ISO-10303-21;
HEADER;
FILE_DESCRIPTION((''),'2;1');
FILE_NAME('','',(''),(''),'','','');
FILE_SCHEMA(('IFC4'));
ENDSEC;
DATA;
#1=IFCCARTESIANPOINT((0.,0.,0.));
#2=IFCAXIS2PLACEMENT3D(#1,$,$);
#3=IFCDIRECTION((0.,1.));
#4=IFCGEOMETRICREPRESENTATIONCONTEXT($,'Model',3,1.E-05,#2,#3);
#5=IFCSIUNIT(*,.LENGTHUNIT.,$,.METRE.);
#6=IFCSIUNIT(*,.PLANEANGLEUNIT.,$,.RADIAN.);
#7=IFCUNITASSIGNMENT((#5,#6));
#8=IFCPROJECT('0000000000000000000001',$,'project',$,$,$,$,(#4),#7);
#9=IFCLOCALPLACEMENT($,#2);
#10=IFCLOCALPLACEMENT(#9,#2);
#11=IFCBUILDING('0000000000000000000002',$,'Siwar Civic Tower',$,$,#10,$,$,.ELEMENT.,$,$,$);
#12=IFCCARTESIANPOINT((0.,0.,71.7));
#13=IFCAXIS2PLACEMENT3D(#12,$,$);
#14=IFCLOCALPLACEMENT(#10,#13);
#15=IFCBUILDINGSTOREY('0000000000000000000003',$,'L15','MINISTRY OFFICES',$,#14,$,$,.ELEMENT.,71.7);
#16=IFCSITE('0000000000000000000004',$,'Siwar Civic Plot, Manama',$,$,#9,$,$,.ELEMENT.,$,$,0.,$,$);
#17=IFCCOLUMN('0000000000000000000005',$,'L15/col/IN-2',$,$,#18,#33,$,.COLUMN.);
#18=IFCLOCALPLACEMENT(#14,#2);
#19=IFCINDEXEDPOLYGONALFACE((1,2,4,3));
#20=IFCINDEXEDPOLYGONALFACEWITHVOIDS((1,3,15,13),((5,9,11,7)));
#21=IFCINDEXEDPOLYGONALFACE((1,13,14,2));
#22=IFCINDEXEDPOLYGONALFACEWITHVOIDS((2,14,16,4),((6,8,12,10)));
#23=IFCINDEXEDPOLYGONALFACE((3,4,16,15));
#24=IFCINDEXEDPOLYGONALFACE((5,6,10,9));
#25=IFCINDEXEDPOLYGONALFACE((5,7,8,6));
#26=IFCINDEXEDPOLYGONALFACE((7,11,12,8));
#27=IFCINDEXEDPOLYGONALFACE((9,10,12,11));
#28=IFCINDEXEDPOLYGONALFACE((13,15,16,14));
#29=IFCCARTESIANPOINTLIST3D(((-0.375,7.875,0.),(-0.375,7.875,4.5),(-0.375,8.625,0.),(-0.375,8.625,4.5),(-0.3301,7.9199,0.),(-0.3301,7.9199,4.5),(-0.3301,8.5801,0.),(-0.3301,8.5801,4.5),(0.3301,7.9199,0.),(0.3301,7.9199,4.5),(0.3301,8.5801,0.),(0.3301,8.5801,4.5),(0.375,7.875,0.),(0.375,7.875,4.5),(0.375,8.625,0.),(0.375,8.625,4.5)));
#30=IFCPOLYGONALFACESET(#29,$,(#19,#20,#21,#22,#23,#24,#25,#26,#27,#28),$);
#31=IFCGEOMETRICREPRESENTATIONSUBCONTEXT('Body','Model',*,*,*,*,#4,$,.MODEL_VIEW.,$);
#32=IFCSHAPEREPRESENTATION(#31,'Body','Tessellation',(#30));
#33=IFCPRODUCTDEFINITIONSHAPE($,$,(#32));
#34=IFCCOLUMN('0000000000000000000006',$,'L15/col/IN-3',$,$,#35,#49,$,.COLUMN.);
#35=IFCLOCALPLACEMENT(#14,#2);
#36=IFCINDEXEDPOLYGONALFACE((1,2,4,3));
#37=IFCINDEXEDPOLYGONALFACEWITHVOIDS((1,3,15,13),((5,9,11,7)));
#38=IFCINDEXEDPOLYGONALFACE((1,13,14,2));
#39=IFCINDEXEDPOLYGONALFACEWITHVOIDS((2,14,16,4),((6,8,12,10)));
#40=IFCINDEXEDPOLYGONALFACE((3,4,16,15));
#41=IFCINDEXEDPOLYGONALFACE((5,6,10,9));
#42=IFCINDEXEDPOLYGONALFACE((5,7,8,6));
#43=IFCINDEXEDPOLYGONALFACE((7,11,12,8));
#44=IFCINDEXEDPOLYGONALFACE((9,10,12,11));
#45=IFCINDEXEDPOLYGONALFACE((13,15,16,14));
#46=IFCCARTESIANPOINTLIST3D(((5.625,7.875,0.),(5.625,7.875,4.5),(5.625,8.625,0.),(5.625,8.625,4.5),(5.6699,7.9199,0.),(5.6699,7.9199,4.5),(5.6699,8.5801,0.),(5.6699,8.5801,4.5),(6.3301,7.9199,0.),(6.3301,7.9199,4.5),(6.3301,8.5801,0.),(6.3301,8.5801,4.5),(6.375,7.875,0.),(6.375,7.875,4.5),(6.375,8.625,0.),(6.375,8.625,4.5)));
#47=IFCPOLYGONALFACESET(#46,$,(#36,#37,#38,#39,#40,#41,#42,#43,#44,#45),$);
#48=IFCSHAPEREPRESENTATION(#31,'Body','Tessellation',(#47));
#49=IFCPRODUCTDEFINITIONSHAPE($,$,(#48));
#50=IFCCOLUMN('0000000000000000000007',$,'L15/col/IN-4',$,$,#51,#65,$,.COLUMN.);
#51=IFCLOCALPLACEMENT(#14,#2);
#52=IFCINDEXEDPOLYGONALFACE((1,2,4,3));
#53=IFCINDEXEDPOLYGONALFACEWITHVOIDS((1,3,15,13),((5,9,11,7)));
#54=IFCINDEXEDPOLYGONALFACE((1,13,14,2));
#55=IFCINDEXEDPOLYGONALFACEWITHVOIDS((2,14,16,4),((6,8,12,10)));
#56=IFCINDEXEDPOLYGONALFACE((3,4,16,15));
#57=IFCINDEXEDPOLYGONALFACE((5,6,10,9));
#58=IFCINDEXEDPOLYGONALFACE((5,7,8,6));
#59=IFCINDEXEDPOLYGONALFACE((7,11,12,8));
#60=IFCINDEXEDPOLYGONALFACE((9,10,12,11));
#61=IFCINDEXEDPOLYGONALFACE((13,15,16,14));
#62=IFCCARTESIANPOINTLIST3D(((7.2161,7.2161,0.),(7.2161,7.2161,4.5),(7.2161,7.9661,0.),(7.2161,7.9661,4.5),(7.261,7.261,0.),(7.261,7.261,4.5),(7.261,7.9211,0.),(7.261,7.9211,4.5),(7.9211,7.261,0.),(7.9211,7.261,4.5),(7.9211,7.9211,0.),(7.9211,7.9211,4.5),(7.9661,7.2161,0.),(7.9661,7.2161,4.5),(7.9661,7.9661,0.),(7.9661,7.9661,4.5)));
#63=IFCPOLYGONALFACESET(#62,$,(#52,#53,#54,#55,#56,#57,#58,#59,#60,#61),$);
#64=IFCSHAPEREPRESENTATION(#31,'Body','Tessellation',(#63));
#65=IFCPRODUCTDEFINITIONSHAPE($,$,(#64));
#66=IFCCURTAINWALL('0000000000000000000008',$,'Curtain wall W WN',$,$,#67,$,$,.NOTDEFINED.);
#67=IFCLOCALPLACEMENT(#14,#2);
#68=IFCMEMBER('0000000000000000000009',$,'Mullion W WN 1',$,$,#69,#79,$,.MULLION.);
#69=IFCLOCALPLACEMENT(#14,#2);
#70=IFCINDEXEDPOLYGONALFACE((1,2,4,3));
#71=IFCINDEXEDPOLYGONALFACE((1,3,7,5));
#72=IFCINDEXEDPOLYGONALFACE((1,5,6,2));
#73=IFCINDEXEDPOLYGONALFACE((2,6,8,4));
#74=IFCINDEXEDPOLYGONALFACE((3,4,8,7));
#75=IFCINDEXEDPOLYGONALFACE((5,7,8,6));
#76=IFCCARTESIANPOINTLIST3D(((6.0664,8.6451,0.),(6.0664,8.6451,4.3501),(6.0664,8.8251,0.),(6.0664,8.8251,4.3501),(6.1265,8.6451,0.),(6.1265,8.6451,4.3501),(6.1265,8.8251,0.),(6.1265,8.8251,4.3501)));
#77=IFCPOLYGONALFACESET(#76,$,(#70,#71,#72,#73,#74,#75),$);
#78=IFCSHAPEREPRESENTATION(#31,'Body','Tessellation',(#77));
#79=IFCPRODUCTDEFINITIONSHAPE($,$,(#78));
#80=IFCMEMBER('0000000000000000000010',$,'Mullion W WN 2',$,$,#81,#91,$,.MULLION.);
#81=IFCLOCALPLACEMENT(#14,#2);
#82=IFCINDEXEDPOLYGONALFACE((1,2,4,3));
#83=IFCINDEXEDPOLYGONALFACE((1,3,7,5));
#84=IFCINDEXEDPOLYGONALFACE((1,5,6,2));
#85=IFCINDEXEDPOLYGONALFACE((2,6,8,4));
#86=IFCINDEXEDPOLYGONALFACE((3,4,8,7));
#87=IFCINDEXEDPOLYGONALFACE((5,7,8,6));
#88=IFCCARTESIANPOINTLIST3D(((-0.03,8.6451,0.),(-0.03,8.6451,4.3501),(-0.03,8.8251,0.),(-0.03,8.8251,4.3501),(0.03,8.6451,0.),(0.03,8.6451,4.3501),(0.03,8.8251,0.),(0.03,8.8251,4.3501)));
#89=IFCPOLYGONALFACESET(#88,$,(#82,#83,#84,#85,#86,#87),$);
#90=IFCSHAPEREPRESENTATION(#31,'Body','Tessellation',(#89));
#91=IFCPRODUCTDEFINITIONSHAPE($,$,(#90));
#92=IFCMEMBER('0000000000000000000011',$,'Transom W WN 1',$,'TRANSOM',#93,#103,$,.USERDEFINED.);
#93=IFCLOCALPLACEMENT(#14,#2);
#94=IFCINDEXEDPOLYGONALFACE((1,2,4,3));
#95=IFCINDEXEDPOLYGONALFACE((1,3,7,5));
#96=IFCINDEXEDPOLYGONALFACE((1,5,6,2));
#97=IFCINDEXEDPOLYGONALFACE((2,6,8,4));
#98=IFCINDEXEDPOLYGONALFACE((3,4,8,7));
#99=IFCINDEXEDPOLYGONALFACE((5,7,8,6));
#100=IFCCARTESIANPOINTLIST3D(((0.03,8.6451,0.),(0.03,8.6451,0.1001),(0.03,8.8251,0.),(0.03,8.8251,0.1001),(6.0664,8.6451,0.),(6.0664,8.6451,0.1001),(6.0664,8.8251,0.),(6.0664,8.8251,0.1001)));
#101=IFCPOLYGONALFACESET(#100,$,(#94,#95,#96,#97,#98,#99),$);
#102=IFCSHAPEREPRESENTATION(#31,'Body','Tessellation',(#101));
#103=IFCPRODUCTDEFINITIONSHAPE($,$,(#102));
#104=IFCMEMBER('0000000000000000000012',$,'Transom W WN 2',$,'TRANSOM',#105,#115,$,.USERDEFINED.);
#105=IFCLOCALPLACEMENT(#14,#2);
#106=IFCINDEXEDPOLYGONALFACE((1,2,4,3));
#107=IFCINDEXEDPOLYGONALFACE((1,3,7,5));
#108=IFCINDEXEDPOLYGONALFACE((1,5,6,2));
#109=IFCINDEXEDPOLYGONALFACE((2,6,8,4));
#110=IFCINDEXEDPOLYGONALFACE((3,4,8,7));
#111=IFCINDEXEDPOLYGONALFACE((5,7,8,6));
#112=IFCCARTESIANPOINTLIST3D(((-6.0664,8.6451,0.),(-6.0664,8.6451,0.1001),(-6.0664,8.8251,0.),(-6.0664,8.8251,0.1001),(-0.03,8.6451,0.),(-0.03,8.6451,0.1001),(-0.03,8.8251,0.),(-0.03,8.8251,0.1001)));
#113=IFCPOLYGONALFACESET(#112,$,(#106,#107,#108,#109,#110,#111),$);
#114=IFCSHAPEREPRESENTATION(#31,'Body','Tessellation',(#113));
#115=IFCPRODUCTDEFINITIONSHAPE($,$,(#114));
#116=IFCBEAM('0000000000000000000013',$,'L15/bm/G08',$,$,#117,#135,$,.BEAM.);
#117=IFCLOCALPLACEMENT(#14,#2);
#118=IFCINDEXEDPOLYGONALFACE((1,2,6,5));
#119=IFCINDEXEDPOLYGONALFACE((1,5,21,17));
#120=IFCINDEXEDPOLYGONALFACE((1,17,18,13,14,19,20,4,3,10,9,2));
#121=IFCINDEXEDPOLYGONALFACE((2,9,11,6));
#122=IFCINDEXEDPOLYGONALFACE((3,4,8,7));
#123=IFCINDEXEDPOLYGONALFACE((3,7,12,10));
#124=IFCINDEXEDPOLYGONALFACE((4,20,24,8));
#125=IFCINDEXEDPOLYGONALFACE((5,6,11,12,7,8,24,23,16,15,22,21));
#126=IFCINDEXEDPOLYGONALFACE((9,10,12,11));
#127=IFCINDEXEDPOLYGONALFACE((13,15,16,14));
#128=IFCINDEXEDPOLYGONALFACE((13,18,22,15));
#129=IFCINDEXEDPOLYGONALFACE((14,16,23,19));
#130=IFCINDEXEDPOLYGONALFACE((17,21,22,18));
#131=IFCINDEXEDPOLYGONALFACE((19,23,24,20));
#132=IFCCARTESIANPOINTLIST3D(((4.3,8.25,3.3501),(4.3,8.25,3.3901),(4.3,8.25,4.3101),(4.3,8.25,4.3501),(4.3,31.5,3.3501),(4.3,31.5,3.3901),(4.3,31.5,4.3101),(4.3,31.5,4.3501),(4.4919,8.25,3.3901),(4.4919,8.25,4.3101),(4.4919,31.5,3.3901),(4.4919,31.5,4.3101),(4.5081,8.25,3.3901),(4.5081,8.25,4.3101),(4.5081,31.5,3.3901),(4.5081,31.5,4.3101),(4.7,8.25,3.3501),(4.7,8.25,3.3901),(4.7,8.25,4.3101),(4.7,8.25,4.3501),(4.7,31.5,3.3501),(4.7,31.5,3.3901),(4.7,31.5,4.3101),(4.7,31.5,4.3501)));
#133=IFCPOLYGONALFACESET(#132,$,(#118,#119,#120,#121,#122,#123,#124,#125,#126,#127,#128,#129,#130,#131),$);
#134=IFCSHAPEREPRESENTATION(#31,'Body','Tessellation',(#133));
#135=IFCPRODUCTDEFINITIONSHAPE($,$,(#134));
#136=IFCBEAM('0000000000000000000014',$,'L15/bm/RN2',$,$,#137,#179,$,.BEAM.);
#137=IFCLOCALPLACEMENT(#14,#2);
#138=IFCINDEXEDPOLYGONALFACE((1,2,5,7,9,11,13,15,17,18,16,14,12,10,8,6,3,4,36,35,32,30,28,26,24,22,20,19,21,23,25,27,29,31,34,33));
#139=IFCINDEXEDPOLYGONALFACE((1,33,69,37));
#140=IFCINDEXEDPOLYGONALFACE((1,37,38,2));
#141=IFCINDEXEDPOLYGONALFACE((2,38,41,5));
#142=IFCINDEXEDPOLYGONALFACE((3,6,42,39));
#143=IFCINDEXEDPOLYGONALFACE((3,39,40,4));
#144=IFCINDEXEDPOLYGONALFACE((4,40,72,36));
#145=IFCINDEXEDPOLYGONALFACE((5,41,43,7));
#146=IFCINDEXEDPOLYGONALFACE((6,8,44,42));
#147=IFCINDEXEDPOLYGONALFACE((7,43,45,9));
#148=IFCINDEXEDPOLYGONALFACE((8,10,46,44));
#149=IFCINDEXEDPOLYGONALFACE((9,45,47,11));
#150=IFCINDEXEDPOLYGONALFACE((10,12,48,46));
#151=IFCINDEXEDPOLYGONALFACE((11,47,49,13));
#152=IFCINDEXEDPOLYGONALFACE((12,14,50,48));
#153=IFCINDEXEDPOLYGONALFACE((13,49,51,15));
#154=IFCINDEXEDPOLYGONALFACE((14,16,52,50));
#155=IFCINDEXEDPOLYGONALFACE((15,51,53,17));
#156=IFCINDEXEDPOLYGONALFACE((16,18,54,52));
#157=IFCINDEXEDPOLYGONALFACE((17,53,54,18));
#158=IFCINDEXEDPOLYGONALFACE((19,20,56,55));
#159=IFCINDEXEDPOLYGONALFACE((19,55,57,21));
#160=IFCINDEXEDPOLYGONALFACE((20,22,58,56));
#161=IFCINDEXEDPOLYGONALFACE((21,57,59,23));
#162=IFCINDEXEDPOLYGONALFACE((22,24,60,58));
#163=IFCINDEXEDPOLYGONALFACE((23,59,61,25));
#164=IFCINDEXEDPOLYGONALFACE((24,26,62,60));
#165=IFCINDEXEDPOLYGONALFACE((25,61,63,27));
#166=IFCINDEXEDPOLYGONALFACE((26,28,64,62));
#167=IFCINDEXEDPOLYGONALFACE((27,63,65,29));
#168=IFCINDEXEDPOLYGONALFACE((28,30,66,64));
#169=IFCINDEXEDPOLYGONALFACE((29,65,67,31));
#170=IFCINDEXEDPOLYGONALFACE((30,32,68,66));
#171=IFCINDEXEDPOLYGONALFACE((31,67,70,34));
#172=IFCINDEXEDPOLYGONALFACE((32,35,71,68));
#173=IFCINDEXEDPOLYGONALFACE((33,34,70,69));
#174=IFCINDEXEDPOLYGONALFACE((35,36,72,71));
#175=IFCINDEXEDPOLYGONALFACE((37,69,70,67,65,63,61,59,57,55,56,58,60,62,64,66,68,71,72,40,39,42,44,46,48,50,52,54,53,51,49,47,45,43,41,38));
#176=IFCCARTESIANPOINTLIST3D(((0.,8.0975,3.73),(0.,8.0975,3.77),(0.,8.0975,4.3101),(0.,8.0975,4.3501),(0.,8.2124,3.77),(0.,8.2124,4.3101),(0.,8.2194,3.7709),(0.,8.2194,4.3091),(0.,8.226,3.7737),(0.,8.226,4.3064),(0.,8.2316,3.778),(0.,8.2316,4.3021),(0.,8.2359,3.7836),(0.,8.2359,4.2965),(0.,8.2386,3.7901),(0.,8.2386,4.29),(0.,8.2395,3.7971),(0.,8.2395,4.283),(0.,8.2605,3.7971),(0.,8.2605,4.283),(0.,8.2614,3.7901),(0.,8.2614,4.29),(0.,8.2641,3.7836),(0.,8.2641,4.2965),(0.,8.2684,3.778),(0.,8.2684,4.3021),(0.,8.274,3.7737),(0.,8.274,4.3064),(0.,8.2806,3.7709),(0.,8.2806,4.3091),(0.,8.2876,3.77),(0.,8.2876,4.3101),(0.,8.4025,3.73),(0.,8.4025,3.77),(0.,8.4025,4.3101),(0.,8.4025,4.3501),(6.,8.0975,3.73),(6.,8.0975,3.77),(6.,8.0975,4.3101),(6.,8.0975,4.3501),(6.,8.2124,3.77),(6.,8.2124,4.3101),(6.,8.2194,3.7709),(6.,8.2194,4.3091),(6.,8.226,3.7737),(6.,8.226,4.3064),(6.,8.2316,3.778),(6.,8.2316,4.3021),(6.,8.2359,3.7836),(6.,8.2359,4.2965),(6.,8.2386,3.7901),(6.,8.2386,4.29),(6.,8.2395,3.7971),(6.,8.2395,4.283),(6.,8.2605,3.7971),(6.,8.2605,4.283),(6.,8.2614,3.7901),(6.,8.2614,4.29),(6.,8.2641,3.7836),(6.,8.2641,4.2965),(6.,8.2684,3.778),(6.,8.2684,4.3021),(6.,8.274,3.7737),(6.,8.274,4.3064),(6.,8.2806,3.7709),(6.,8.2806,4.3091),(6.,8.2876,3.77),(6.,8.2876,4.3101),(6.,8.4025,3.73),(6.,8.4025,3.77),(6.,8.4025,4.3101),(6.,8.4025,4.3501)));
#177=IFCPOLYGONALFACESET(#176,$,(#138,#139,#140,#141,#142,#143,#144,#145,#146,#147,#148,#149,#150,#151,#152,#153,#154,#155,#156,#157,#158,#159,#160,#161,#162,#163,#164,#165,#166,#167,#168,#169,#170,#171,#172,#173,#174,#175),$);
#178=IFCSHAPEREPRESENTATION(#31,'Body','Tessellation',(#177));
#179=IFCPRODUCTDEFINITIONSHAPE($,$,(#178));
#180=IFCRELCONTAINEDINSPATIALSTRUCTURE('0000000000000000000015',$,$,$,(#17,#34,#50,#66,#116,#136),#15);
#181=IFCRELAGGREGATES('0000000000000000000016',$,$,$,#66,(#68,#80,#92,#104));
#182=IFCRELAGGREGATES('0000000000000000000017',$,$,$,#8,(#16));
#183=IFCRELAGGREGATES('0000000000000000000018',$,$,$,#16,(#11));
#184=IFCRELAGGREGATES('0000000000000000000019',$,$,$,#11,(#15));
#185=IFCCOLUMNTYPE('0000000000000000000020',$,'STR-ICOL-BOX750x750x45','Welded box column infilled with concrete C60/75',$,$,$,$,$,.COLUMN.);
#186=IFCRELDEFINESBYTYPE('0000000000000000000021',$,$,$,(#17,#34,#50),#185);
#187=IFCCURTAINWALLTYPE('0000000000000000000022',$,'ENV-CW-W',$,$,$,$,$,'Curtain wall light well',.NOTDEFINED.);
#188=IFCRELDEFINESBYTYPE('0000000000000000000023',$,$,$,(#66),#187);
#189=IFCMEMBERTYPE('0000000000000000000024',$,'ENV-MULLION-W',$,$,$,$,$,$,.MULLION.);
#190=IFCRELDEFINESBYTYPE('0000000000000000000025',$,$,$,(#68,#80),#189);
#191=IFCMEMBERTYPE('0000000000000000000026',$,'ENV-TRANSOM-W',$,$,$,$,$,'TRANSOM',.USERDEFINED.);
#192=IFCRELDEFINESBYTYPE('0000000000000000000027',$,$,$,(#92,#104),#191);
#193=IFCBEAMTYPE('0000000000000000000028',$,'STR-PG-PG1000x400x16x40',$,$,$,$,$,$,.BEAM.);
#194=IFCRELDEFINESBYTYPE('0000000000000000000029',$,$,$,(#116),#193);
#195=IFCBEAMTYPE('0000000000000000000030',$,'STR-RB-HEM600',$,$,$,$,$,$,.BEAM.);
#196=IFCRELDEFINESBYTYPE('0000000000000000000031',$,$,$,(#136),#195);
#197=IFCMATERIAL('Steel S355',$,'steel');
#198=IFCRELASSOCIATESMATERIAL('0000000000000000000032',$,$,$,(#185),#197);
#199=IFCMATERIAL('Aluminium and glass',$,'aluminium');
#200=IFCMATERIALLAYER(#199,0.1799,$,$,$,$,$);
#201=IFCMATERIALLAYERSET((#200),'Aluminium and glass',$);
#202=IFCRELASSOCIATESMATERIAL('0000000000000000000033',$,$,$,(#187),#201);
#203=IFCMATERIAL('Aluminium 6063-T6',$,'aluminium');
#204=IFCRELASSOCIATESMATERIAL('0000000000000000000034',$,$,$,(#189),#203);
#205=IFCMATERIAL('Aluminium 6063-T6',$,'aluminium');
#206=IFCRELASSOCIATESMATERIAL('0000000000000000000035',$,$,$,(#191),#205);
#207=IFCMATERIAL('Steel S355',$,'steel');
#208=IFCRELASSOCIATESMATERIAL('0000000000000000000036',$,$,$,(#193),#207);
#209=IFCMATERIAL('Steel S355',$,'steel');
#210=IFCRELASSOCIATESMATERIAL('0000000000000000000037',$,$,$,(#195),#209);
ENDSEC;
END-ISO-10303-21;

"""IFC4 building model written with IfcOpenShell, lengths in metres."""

from ifc_helpers import new_model, si_unit, direction, frame, origin, origin_2d, place, context, subcontext, project, spatial, rectangle, hollow_rectangle, i_section, extrude, material, layer, layer_set, material_profile, profile_set, type_object, element, aggregate, save


model = new_model("IFC4")

# Units and contexts
model_context = context("Model", 3, precision=1e-05, world=origin(), true_north=direction((0.0, 1.0)))
body_context = subcontext(model_context, "Body", "Model", "MODEL_VIEW")
ifc_project = project(units=[si_unit("LENGTHUNIT", "METRE"), si_unit("PLANEANGLEUNIT", "RADIAN")], contexts=[model_context])

# Site, building, storey
site_placement = place(None, origin())
site = spatial("IfcSite", under=ifc_project, at=site_placement, Name="Siwar Civic Plot, Manama", CompositionType="ELEMENT", RefElevation=0.0)
building_placement = place(site_placement, origin())
building = spatial("IfcBuilding", under=site, at=building_placement, Name="Siwar Civic Tower", CompositionType="ELEMENT")
storey_placement = place(building_placement, frame((0.0, 0.0, 71.7)))
storey = spatial("IfcBuildingStorey", under=building, at=storey_placement, Name="L15", Description="MINISTRY OFFICES", CompositionType="ELEMENT", Elevation=71.7)

# Columns
ifc_material_1 = material(Name="Steel S355", Category="steel")
ifc_material_profile_1 = material_profile(ifc_material_1, hollow_rectangle(XDim=0.75, YDim=0.75, WallThickness=0.0449, at=origin_2d()), Name="BOX750x750x45")
ifc_profile_set_1 = profile_set([ifc_material_profile_1], Name="Steel S355")
column_type = type_object("IfcColumnType", Name="STR-ICOL-BOX750x750x45", Description="Welded box column infilled with concrete C60/75", PredefinedType="COLUMN", material=ifc_profile_set_1)
for number, where, z_axis, x_axis, name in (
    (1, (0.0, 8.25, 0.0), (0.0, 0.0, 1.0), (1.0, 0.0, 0.0), "L15/col/IN-2"),
    (2, (6.0, 8.25, 0.0), (0.0, 0.0, 1.0), (1.0, 0.0, 0.0), "L15/col/IN-3"),
    (3, (7.5911, 7.5911, 0.0), (0.0, 0.0, 1.0), (1.0, 0.0, 0.0), "L15/col/IN-4"),
):
    element("IfcColumn", number, at=place(storey_placement, frame(where, z_axis=z_axis, x_axis=x_axis)), inside=storey, type_object=column_type, Name=name, PredefinedType="COLUMN", context=body_context, shape_type="SweptSolid", body=[
        extrude(hollow_rectangle(XDim=0.75, YDim=0.75, WallThickness=0.0449, at=origin_2d()), origin(), (0.0, 0.0, 1.0), 4.5),
    ])

# Curtain wall, members
ifc_material_2 = material(Name="Aluminium and glass", Category="aluminium")
ifc_layer_1 = layer(ifc_material_2, 0.1799)
ifc_layer_set_1 = layer_set([ifc_layer_1], Name="Aluminium and glass")
curtain_wall_type = type_object("IfcCurtainWallType", Name="ENV-CW-W", ElementType="Curtain wall light well", PredefinedType="NOTDEFINED", material=ifc_layer_set_1)
curtain_wall_placement = place(storey_placement, origin())
curtain_wall = element("IfcCurtainWall", 4, at=curtain_wall_placement, inside=storey, type_object=curtain_wall_type, Name="Curtain wall W WN", PredefinedType="NOTDEFINED")
ifc_material_3 = material(Name="Aluminium 6063-T6", Category="aluminium")
ifc_material_profile_2 = material_profile(ifc_material_3, rectangle(XDim=0.1799, YDim=0.0601, at=origin_2d()), Name="AL 180x60")
ifc_profile_set_2 = profile_set([ifc_material_profile_2], Name="Aluminium 6063-T6")
member_type_1 = type_object("IfcMemberType", Name="ENV-MULLION-W", PredefinedType="MULLION", material=ifc_profile_set_2)
member_1_placement = place(storey_placement, frame((6.0964, 8.7351, 0.0), z_axis=(0.0, 0.0, 1.0), x_axis=(0.0, -1.0, 0.0)))
member_1 = element("IfcMember", 5, at=member_1_placement, type_object=member_type_1, Name="Mullion W WN 1", PredefinedType="MULLION", context=body_context, shape_type="SweptSolid", body=[
    extrude(rectangle(XDim=0.1799, YDim=0.0601, at=origin_2d()), origin(), (0.0, 0.0, 1.0), 4.3501),
])
member_2_placement = place(storey_placement, frame((0.0, 8.7351, 0.0), z_axis=(0.0, 0.0, 1.0), x_axis=(0.0, -1.0, 0.0)))
member_2 = element("IfcMember", 6, at=member_2_placement, type_object=member_type_1, Name="Mullion W WN 2", PredefinedType="MULLION", context=body_context, shape_type="SweptSolid", body=[
    extrude(rectangle(XDim=0.1799, YDim=0.0601, at=origin_2d()), origin(), (0.0, 0.0, 1.0), 4.3501),
])
ifc_material_4 = material(Name="Aluminium 6063-T6", Category="aluminium")
ifc_material_profile_3 = material_profile(ifc_material_4, rectangle(XDim=0.1799, YDim=0.1001, at=origin_2d()), Name="AL 180x100")
ifc_profile_set_3 = profile_set([ifc_material_profile_3], Name="Aluminium 6063-T6")
member_type_2 = type_object("IfcMemberType", Name="ENV-TRANSOM-W", ElementType="TRANSOM", PredefinedType="USERDEFINED", material=ifc_profile_set_3)
member_3_placement = place(storey_placement, frame((6.0664, 8.7351, 0.05), z_axis=(-1.0, 0.0, 0.0), x_axis=(0.0, -1.0, 0.0)))
member_3 = element("IfcMember", 7, at=member_3_placement, type_object=member_type_2, Name="Transom W WN 1", ObjectType="TRANSOM", PredefinedType="USERDEFINED", context=body_context, shape_type="SweptSolid", body=[
    extrude(rectangle(XDim=0.1799, YDim=0.1001, at=origin_2d()), origin(), (0.0, 0.0, 1.0), 6.0364),
])
member_4_placement = place(storey_placement, frame((-0.03, 8.7351, 0.05), z_axis=(-1.0, 0.0, 0.0), x_axis=(0.0, -1.0, 0.0)))
member_4 = element("IfcMember", 8, at=member_4_placement, type_object=member_type_2, Name="Transom W WN 2", ObjectType="TRANSOM", PredefinedType="USERDEFINED", context=body_context, shape_type="SweptSolid", body=[
    extrude(rectangle(XDim=0.1799, YDim=0.1001, at=origin_2d()), origin(), (0.0, 0.0, 1.0), 6.0364),
])

# Beams
ifc_material_5 = material(Name="Steel S355", Category="steel")
ifc_material_profile_4 = material_profile(ifc_material_5, i_section(OverallWidth=0.3999, OverallDepth=1.0, WebThickness=0.0161, FlangeThickness=0.04, at=origin_2d()), Name="PG1000x400x16x40")
ifc_profile_set_4 = profile_set([ifc_material_profile_4], Name="Steel S355")
beam_type_1 = type_object("IfcBeamType", Name="STR-PG-PG1000x400x16x40", PredefinedType="BEAM", material=ifc_profile_set_4)
beam_1_placement = place(storey_placement, frame((4.5, 8.25, 3.8501), z_axis=(0.0, 1.0, 0.0), x_axis=(-1.0, 0.0, 0.0)))
element("IfcBeam", 9, at=beam_1_placement, inside=storey, type_object=beam_type_1, Name="L15/bm/G08", PredefinedType="BEAM", context=body_context, shape_type="SweptSolid", body=[
    extrude(i_section(OverallWidth=0.3999, OverallDepth=1.0, WebThickness=0.0161, FlangeThickness=0.04, at=origin_2d()), origin(), (0.0, 0.0, 1.0), 23.25),
])
ifc_material_6 = material(Name="Steel S355", Category="steel")
ifc_material_profile_5 = material_profile(ifc_material_6, i_section(OverallWidth=0.3049, OverallDepth=0.6201, WebThickness=0.021, FlangeThickness=0.04, FilletRadius=0.0271, at=origin_2d()), Name="HEM600")
ifc_profile_set_5 = profile_set([ifc_material_profile_5], Name="Steel S355")
beam_type_2 = type_object("IfcBeamType", Name="STR-RB-HEM600", PredefinedType="BEAM", material=ifc_profile_set_5)
beam_2_placement = place(storey_placement, frame((0.0, 8.25, 4.04), z_axis=(1.0, 0.0, 0.0), x_axis=(0.0, 1.0, 0.0)))
element("IfcBeam", 10, at=beam_2_placement, inside=storey, type_object=beam_type_2, Name="L15/bm/RN2", PredefinedType="BEAM", context=body_context, shape_type="SweptSolid", body=[
    extrude(i_section(OverallWidth=0.3049, OverallDepth=0.6201, WebThickness=0.021, FlangeThickness=0.04, FilletRadius=0.0271, at=origin_2d()), origin(), (0.0, 0.0, 1.0), 6.0),
])

aggregate(curtain_wall, [member_1, member_2, member_3, member_4])

save(model, "model.ifc")
